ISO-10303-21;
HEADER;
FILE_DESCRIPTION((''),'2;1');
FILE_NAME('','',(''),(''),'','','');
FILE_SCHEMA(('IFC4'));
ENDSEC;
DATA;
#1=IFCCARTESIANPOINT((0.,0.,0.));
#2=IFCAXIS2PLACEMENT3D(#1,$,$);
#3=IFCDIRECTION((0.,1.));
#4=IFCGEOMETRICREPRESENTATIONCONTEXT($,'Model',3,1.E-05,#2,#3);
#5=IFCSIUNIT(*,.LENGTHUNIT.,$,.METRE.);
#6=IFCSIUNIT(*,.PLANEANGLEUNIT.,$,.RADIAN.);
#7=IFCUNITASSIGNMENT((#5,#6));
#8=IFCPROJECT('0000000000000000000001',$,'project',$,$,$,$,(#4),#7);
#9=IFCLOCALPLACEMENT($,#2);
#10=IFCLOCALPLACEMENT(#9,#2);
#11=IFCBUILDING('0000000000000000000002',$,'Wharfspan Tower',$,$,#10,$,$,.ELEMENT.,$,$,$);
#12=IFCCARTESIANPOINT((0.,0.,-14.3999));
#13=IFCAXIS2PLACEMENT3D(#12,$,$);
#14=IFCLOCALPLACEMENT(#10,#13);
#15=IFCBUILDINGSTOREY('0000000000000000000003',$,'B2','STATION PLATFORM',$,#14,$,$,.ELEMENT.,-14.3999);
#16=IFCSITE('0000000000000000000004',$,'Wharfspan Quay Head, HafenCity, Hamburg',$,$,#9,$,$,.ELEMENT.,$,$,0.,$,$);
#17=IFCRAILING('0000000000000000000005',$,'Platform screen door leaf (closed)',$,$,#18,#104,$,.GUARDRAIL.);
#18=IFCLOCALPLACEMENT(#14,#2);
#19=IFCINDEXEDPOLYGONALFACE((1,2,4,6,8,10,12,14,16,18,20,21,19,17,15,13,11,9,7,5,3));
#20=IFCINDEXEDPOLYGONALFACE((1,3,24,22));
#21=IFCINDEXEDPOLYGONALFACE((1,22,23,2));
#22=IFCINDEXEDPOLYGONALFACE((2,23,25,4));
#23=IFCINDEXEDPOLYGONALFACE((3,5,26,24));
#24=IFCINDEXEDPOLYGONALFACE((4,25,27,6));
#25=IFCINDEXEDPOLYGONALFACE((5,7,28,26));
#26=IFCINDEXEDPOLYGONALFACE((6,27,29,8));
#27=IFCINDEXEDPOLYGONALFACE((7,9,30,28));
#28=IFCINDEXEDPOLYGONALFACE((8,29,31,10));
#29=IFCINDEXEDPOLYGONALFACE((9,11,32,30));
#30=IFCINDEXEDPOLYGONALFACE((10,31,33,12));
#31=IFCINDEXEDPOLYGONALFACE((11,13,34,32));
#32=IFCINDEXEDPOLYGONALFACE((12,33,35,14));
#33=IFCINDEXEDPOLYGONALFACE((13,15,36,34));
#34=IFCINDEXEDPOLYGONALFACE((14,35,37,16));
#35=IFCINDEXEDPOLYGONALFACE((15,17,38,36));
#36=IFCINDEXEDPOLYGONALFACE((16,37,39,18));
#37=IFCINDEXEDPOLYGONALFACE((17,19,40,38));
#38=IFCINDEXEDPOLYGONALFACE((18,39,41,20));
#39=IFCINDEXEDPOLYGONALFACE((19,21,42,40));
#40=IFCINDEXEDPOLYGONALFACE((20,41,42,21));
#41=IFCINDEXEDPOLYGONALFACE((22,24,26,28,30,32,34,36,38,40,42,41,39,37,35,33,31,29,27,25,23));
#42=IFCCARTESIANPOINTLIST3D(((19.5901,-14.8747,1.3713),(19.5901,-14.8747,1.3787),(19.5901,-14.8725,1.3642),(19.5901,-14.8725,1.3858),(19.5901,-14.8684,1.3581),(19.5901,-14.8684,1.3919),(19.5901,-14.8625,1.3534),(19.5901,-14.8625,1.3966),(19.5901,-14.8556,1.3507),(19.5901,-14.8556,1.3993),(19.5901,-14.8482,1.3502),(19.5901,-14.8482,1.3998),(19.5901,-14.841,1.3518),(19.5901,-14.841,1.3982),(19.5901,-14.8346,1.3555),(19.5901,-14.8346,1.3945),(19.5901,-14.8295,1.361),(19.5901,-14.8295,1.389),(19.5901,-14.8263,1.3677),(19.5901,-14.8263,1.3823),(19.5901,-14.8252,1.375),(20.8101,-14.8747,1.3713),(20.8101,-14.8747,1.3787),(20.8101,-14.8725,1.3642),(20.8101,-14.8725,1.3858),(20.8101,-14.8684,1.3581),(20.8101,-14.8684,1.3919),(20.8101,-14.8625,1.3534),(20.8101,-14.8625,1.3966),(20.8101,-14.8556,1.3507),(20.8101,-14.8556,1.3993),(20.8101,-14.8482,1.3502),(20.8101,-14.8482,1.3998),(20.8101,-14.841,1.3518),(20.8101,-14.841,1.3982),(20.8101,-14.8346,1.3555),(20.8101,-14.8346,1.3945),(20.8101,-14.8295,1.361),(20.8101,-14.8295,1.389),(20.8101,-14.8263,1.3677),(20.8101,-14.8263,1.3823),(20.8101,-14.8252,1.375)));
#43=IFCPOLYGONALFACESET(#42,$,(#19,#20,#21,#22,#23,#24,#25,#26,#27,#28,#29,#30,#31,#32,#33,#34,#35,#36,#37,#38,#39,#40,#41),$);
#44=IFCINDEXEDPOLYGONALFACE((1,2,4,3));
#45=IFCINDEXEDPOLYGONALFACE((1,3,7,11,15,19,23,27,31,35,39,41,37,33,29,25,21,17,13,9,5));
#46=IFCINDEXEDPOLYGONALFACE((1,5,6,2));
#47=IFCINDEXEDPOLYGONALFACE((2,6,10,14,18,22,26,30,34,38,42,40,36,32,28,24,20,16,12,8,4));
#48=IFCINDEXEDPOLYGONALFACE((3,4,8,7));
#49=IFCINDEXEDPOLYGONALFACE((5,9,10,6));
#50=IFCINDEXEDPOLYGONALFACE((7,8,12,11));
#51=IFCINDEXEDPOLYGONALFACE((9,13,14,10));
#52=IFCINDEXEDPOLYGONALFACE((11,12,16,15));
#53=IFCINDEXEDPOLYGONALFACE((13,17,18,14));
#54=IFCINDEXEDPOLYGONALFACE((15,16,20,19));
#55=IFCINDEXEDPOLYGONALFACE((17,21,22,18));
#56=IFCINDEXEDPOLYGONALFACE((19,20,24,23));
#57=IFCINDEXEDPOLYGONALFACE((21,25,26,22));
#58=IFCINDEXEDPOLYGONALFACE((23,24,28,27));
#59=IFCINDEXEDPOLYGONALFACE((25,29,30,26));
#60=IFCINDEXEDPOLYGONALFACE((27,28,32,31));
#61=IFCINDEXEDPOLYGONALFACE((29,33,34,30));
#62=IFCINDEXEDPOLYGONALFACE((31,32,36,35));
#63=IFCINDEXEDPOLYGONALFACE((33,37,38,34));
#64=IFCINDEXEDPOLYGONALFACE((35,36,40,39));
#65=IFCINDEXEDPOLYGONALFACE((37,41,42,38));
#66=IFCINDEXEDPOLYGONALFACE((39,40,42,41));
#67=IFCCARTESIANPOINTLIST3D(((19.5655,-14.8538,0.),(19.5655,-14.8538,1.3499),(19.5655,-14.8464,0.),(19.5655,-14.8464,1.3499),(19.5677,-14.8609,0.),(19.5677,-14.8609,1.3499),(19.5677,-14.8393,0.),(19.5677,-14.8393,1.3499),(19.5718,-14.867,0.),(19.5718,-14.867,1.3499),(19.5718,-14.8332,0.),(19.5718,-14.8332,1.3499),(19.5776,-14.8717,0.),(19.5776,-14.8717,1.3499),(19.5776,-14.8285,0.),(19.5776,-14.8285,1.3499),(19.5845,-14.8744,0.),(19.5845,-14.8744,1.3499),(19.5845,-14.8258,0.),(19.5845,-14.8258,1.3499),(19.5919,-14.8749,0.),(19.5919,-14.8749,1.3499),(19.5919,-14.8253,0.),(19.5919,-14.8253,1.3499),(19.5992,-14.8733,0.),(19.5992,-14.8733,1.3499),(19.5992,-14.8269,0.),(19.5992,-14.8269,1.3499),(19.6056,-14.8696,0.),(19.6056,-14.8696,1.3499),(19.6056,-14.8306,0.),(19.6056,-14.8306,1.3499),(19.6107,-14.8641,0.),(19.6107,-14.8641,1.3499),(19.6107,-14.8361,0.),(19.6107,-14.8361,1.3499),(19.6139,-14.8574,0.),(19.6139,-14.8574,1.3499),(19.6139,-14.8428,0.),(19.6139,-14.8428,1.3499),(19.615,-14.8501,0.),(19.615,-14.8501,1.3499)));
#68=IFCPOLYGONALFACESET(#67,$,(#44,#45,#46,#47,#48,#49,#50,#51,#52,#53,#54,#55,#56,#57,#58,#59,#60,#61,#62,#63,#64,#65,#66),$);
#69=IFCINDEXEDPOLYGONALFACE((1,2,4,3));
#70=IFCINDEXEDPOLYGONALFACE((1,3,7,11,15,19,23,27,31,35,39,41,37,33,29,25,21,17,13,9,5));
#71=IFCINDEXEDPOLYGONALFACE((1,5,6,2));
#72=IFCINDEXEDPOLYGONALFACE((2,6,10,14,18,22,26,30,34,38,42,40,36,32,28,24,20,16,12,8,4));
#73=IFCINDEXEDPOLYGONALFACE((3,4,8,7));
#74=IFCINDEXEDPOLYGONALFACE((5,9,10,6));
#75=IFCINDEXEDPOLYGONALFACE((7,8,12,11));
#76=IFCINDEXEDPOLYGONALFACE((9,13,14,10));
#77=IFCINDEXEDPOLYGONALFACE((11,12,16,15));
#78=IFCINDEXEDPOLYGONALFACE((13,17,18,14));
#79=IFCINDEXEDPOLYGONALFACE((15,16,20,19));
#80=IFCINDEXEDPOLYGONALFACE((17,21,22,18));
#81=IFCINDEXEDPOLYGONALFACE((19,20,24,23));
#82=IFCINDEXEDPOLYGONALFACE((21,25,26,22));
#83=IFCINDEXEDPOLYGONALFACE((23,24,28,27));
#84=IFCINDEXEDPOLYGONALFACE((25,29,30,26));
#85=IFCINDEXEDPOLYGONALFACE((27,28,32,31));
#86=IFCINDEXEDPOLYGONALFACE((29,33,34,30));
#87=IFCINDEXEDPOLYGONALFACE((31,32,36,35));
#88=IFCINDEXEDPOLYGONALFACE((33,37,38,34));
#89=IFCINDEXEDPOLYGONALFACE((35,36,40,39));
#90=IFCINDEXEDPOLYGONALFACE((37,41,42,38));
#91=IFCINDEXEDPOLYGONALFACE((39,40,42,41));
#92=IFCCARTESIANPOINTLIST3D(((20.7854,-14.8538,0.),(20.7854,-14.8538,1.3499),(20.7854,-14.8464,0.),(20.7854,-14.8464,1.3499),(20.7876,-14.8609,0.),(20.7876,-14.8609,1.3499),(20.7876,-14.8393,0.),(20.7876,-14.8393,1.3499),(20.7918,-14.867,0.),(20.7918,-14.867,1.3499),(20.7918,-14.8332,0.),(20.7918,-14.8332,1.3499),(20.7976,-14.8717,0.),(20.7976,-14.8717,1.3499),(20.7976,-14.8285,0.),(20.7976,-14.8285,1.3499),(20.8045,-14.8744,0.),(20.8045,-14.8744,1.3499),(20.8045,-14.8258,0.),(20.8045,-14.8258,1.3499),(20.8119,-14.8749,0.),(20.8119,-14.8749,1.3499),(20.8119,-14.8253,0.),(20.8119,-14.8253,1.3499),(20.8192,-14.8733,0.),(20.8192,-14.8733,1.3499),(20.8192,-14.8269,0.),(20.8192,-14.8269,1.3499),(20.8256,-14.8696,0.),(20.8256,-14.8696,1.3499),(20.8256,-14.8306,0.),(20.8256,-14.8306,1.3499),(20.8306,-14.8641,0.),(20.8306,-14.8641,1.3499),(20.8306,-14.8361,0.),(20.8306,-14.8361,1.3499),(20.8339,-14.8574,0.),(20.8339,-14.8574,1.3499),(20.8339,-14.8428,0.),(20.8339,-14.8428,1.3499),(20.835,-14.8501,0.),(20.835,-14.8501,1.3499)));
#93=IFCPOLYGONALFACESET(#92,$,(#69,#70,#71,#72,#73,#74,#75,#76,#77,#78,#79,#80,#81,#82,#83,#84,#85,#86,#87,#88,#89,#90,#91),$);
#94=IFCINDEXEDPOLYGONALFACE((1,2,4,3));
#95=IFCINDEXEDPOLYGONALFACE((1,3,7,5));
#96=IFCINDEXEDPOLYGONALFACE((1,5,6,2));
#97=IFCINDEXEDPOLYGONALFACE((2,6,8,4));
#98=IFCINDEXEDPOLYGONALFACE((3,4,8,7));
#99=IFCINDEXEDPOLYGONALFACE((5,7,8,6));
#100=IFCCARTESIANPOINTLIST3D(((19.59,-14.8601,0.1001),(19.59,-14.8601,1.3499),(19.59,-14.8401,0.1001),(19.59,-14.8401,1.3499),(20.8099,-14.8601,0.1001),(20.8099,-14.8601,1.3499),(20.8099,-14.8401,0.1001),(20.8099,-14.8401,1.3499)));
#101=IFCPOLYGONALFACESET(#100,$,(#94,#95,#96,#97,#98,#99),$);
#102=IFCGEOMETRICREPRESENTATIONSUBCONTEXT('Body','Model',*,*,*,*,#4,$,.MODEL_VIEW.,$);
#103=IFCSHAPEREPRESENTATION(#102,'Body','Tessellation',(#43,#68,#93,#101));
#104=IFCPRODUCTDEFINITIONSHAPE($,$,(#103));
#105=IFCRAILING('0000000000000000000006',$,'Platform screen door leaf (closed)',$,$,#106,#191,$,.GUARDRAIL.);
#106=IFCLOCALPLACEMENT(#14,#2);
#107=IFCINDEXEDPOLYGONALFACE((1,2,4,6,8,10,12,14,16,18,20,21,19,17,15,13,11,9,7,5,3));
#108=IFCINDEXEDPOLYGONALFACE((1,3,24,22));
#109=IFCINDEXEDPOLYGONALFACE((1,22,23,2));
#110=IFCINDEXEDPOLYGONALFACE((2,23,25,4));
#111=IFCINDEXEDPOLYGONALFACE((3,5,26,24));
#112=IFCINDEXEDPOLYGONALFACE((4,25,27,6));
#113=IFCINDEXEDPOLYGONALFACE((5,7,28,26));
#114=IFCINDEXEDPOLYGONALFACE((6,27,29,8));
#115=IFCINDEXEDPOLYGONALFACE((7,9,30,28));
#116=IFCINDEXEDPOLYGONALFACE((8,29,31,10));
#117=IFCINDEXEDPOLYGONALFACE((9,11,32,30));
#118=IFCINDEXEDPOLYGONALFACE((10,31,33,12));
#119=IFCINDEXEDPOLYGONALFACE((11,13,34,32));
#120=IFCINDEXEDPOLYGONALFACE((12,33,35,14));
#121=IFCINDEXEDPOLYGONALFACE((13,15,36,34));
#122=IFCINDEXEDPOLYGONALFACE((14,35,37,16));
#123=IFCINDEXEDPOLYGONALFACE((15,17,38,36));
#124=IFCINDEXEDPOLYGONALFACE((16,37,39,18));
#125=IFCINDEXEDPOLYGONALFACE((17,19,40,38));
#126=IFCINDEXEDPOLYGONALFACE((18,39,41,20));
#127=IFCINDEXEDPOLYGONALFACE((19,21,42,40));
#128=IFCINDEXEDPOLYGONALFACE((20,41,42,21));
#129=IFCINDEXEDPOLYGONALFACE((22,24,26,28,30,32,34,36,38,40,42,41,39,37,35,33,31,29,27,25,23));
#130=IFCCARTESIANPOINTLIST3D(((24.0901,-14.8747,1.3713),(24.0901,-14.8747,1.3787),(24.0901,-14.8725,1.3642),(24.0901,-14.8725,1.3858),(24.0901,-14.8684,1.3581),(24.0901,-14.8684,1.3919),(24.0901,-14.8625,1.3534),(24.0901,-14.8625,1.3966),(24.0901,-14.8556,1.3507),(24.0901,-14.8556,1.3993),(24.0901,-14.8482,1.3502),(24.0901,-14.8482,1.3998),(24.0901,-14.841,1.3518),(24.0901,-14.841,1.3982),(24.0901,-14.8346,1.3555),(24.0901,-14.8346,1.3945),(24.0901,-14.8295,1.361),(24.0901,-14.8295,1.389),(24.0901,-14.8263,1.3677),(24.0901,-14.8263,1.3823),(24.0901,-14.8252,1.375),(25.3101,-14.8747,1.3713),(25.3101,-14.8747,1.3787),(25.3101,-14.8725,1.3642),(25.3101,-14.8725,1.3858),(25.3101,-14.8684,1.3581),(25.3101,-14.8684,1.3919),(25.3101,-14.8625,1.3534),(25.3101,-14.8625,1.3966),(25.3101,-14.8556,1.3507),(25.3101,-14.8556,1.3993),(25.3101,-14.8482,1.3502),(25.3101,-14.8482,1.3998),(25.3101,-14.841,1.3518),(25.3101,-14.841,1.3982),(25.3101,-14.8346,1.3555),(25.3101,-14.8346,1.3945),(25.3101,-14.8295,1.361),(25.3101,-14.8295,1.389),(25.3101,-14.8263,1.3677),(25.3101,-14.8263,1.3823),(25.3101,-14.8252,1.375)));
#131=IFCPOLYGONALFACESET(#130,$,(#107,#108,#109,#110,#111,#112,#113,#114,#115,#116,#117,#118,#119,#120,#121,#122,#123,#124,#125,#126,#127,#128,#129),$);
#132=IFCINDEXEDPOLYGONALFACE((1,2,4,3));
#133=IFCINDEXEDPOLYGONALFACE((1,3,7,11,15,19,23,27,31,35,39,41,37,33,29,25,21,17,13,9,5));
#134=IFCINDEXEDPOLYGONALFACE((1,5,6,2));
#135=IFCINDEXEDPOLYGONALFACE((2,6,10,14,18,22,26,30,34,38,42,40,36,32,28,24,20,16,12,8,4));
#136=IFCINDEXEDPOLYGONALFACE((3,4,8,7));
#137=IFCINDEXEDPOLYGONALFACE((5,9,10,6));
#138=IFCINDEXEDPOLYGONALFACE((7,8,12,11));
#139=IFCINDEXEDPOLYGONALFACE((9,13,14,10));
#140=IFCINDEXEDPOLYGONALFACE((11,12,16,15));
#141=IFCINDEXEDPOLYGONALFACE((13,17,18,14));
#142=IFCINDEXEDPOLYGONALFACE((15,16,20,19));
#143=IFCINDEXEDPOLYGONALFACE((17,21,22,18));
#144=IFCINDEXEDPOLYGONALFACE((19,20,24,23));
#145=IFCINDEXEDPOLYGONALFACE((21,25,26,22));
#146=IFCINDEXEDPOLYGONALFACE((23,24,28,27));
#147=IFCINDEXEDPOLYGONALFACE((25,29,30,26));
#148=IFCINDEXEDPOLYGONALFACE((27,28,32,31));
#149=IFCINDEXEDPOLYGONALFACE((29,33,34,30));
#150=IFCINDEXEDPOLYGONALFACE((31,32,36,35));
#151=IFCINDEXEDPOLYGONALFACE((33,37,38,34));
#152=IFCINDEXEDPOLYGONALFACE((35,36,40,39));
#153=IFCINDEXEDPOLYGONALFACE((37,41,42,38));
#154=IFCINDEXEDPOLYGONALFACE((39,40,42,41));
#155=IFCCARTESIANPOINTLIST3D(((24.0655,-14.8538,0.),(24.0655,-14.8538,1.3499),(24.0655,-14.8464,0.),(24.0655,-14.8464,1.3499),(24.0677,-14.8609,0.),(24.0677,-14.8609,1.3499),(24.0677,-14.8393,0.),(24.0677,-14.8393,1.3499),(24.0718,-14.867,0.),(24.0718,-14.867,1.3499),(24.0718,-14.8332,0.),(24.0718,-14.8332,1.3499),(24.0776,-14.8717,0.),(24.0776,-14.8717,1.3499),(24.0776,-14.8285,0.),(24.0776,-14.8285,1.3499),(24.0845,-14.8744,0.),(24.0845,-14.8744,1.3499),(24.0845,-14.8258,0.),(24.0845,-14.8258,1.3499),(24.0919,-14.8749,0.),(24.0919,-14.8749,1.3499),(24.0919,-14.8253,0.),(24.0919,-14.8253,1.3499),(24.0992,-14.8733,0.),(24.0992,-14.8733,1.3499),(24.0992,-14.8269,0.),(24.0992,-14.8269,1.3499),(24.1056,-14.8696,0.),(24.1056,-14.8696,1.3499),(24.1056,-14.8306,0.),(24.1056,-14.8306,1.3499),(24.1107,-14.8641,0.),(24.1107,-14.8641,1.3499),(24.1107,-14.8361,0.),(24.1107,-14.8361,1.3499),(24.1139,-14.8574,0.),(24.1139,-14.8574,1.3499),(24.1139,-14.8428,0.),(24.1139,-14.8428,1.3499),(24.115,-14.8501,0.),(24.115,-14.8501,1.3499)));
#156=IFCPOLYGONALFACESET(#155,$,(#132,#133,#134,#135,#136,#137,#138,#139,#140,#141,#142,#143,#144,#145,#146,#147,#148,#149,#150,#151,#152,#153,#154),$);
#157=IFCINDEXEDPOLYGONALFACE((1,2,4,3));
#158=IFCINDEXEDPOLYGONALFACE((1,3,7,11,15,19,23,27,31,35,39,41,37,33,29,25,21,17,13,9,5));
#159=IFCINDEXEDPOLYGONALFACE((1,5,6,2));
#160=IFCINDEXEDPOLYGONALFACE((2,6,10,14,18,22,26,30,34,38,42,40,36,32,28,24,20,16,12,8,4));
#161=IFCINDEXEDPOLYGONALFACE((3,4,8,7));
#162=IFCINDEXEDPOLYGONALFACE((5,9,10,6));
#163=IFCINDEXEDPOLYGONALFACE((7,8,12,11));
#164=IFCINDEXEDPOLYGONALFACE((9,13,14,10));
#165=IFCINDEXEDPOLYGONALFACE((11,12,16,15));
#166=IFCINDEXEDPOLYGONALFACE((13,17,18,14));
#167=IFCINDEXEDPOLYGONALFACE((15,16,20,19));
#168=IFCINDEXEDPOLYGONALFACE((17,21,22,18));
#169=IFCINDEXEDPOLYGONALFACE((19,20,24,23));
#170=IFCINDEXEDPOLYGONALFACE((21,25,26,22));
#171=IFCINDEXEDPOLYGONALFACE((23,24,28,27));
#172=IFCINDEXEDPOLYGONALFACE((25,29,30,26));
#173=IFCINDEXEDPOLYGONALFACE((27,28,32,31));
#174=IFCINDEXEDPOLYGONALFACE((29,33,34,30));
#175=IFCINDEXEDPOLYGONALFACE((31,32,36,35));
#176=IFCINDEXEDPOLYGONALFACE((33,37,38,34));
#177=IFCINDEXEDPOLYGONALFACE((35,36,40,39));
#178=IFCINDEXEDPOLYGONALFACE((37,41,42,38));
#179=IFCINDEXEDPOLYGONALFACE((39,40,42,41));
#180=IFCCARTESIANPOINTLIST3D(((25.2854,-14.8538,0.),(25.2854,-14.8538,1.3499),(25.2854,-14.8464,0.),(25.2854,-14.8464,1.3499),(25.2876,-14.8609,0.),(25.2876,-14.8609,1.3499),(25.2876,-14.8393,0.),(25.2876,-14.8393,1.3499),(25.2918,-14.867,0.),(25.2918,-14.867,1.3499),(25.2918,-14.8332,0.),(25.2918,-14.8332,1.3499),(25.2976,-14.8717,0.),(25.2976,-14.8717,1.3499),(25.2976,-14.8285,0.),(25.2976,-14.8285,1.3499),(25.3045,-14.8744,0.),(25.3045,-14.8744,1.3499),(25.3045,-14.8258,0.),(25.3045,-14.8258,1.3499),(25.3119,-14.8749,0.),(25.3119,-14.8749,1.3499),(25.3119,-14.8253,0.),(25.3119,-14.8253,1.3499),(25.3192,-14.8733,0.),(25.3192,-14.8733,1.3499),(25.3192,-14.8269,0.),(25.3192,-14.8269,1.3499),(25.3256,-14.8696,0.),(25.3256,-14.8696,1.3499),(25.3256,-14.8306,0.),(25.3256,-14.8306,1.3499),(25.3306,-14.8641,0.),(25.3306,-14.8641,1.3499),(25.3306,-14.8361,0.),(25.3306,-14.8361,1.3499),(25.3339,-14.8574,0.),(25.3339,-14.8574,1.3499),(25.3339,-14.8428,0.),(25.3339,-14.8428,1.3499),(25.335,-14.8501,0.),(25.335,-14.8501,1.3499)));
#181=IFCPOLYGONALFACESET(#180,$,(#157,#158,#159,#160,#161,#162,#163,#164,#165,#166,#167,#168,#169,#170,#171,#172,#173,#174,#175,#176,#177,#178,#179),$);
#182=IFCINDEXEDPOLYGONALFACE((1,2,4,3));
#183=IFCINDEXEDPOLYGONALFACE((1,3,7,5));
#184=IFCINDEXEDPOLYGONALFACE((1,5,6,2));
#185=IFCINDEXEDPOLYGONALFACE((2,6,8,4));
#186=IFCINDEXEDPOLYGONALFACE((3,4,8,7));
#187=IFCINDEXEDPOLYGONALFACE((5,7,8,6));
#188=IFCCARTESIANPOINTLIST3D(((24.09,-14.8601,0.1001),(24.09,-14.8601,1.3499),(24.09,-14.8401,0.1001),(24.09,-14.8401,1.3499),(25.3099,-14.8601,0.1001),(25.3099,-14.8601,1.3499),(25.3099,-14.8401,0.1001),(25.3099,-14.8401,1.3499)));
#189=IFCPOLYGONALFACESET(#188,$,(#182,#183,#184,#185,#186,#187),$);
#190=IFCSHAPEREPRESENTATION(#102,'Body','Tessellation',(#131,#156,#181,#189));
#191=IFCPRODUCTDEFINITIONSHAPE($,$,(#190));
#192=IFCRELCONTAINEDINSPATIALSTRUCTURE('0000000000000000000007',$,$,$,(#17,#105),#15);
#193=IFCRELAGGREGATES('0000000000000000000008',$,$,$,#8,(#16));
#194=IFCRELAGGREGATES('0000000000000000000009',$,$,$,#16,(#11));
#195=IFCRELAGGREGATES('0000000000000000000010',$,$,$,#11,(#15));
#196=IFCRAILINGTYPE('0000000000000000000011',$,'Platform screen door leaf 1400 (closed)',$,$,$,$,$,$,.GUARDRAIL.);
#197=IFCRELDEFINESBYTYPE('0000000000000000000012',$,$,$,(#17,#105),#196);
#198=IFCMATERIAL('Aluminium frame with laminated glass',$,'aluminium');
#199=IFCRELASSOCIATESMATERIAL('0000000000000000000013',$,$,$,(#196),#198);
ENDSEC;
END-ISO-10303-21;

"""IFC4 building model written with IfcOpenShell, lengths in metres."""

from ifc_helpers import new_model, si_unit, direction, frame, origin, origin_2d, place, context, subcontext, project, spatial, rectangle, circle, extrude, material, type_object, element, save


model = new_model("IFC4")

# Units and contexts
model_context = context("Model", 3, precision=1e-05, world=origin(), true_north=direction((0.0, 1.0)))
body_context = subcontext(model_context, "Body", "Model", "MODEL_VIEW")
ifc_project = project(units=[si_unit("LENGTHUNIT", "METRE"), si_unit("PLANEANGLEUNIT", "RADIAN")], contexts=[model_context])

# Site, building, storey
site_placement = place(None, origin())
site = spatial("IfcSite", under=ifc_project, at=site_placement, Name="Wharfspan Quay Head, HafenCity, Hamburg", CompositionType="ELEMENT", RefElevation=0.0)
building_placement = place(site_placement, origin())
building = spatial("IfcBuilding", under=site, at=building_placement, Name="Wharfspan Tower", CompositionType="ELEMENT")
storey_placement = place(building_placement, frame((0.0, 0.0, -14.3999)))
storey = spatial("IfcBuildingStorey", under=building, at=storey_placement, Name="B2", Description="STATION PLATFORM", CompositionType="ELEMENT", Elevation=-14.3999)

# Railings
ifc_material_1 = material(Name="Aluminium frame with laminated glass", Category="aluminium")
railing_type_1 = type_object("IfcRailingType", Name="Platform screen door leaf 1400 (closed)", PredefinedType="GUARDRAIL", material=ifc_material_1)
for number, where, name in (
    (1, (19.5901, -14.8501, 0.0), "Platform screen door leaf (closed)"),
    (2, (24.0901, -14.8501, 0.0), "Platform screen door leaf (closed)"),
):
    element("IfcRailing", number, at=place(storey_placement, frame(where)), inside=storey, type_object=railing_type_1, Name=name, PredefinedType="GUARDRAIL", context=body_context, shape_type="SweptSolid", body=[
        extrude(circle(Radius=0.0249, at=origin_2d()), frame((0.0, 0.0, 1.375), z_axis=(1.0, 0.0, 0.0), x_axis=(0.0, 1.0, 0.0)), (0.0, 0.0, 1.0), 1.22),
        extrude(circle(Radius=0.0249, at=origin_2d()), origin(), (0.0, 0.0, 1.0), 1.3499),
        extrude(circle(Radius=0.0249, at=origin_2d()), frame((1.22, 0.0, 0.0)), (0.0, 0.0, 1.0), 1.3499),
        extrude(rectangle(XDim=1.22, YDim=0.02, at=origin_2d()), frame((0.6099, 0.0, 0.1001), z_axis=(0.0, 0.0, 1.0), x_axis=(1.0, 0.0, 0.0)), (0.0, 0.0, 1.0), 1.2498),
    ])

save(model, "model.ifc")
